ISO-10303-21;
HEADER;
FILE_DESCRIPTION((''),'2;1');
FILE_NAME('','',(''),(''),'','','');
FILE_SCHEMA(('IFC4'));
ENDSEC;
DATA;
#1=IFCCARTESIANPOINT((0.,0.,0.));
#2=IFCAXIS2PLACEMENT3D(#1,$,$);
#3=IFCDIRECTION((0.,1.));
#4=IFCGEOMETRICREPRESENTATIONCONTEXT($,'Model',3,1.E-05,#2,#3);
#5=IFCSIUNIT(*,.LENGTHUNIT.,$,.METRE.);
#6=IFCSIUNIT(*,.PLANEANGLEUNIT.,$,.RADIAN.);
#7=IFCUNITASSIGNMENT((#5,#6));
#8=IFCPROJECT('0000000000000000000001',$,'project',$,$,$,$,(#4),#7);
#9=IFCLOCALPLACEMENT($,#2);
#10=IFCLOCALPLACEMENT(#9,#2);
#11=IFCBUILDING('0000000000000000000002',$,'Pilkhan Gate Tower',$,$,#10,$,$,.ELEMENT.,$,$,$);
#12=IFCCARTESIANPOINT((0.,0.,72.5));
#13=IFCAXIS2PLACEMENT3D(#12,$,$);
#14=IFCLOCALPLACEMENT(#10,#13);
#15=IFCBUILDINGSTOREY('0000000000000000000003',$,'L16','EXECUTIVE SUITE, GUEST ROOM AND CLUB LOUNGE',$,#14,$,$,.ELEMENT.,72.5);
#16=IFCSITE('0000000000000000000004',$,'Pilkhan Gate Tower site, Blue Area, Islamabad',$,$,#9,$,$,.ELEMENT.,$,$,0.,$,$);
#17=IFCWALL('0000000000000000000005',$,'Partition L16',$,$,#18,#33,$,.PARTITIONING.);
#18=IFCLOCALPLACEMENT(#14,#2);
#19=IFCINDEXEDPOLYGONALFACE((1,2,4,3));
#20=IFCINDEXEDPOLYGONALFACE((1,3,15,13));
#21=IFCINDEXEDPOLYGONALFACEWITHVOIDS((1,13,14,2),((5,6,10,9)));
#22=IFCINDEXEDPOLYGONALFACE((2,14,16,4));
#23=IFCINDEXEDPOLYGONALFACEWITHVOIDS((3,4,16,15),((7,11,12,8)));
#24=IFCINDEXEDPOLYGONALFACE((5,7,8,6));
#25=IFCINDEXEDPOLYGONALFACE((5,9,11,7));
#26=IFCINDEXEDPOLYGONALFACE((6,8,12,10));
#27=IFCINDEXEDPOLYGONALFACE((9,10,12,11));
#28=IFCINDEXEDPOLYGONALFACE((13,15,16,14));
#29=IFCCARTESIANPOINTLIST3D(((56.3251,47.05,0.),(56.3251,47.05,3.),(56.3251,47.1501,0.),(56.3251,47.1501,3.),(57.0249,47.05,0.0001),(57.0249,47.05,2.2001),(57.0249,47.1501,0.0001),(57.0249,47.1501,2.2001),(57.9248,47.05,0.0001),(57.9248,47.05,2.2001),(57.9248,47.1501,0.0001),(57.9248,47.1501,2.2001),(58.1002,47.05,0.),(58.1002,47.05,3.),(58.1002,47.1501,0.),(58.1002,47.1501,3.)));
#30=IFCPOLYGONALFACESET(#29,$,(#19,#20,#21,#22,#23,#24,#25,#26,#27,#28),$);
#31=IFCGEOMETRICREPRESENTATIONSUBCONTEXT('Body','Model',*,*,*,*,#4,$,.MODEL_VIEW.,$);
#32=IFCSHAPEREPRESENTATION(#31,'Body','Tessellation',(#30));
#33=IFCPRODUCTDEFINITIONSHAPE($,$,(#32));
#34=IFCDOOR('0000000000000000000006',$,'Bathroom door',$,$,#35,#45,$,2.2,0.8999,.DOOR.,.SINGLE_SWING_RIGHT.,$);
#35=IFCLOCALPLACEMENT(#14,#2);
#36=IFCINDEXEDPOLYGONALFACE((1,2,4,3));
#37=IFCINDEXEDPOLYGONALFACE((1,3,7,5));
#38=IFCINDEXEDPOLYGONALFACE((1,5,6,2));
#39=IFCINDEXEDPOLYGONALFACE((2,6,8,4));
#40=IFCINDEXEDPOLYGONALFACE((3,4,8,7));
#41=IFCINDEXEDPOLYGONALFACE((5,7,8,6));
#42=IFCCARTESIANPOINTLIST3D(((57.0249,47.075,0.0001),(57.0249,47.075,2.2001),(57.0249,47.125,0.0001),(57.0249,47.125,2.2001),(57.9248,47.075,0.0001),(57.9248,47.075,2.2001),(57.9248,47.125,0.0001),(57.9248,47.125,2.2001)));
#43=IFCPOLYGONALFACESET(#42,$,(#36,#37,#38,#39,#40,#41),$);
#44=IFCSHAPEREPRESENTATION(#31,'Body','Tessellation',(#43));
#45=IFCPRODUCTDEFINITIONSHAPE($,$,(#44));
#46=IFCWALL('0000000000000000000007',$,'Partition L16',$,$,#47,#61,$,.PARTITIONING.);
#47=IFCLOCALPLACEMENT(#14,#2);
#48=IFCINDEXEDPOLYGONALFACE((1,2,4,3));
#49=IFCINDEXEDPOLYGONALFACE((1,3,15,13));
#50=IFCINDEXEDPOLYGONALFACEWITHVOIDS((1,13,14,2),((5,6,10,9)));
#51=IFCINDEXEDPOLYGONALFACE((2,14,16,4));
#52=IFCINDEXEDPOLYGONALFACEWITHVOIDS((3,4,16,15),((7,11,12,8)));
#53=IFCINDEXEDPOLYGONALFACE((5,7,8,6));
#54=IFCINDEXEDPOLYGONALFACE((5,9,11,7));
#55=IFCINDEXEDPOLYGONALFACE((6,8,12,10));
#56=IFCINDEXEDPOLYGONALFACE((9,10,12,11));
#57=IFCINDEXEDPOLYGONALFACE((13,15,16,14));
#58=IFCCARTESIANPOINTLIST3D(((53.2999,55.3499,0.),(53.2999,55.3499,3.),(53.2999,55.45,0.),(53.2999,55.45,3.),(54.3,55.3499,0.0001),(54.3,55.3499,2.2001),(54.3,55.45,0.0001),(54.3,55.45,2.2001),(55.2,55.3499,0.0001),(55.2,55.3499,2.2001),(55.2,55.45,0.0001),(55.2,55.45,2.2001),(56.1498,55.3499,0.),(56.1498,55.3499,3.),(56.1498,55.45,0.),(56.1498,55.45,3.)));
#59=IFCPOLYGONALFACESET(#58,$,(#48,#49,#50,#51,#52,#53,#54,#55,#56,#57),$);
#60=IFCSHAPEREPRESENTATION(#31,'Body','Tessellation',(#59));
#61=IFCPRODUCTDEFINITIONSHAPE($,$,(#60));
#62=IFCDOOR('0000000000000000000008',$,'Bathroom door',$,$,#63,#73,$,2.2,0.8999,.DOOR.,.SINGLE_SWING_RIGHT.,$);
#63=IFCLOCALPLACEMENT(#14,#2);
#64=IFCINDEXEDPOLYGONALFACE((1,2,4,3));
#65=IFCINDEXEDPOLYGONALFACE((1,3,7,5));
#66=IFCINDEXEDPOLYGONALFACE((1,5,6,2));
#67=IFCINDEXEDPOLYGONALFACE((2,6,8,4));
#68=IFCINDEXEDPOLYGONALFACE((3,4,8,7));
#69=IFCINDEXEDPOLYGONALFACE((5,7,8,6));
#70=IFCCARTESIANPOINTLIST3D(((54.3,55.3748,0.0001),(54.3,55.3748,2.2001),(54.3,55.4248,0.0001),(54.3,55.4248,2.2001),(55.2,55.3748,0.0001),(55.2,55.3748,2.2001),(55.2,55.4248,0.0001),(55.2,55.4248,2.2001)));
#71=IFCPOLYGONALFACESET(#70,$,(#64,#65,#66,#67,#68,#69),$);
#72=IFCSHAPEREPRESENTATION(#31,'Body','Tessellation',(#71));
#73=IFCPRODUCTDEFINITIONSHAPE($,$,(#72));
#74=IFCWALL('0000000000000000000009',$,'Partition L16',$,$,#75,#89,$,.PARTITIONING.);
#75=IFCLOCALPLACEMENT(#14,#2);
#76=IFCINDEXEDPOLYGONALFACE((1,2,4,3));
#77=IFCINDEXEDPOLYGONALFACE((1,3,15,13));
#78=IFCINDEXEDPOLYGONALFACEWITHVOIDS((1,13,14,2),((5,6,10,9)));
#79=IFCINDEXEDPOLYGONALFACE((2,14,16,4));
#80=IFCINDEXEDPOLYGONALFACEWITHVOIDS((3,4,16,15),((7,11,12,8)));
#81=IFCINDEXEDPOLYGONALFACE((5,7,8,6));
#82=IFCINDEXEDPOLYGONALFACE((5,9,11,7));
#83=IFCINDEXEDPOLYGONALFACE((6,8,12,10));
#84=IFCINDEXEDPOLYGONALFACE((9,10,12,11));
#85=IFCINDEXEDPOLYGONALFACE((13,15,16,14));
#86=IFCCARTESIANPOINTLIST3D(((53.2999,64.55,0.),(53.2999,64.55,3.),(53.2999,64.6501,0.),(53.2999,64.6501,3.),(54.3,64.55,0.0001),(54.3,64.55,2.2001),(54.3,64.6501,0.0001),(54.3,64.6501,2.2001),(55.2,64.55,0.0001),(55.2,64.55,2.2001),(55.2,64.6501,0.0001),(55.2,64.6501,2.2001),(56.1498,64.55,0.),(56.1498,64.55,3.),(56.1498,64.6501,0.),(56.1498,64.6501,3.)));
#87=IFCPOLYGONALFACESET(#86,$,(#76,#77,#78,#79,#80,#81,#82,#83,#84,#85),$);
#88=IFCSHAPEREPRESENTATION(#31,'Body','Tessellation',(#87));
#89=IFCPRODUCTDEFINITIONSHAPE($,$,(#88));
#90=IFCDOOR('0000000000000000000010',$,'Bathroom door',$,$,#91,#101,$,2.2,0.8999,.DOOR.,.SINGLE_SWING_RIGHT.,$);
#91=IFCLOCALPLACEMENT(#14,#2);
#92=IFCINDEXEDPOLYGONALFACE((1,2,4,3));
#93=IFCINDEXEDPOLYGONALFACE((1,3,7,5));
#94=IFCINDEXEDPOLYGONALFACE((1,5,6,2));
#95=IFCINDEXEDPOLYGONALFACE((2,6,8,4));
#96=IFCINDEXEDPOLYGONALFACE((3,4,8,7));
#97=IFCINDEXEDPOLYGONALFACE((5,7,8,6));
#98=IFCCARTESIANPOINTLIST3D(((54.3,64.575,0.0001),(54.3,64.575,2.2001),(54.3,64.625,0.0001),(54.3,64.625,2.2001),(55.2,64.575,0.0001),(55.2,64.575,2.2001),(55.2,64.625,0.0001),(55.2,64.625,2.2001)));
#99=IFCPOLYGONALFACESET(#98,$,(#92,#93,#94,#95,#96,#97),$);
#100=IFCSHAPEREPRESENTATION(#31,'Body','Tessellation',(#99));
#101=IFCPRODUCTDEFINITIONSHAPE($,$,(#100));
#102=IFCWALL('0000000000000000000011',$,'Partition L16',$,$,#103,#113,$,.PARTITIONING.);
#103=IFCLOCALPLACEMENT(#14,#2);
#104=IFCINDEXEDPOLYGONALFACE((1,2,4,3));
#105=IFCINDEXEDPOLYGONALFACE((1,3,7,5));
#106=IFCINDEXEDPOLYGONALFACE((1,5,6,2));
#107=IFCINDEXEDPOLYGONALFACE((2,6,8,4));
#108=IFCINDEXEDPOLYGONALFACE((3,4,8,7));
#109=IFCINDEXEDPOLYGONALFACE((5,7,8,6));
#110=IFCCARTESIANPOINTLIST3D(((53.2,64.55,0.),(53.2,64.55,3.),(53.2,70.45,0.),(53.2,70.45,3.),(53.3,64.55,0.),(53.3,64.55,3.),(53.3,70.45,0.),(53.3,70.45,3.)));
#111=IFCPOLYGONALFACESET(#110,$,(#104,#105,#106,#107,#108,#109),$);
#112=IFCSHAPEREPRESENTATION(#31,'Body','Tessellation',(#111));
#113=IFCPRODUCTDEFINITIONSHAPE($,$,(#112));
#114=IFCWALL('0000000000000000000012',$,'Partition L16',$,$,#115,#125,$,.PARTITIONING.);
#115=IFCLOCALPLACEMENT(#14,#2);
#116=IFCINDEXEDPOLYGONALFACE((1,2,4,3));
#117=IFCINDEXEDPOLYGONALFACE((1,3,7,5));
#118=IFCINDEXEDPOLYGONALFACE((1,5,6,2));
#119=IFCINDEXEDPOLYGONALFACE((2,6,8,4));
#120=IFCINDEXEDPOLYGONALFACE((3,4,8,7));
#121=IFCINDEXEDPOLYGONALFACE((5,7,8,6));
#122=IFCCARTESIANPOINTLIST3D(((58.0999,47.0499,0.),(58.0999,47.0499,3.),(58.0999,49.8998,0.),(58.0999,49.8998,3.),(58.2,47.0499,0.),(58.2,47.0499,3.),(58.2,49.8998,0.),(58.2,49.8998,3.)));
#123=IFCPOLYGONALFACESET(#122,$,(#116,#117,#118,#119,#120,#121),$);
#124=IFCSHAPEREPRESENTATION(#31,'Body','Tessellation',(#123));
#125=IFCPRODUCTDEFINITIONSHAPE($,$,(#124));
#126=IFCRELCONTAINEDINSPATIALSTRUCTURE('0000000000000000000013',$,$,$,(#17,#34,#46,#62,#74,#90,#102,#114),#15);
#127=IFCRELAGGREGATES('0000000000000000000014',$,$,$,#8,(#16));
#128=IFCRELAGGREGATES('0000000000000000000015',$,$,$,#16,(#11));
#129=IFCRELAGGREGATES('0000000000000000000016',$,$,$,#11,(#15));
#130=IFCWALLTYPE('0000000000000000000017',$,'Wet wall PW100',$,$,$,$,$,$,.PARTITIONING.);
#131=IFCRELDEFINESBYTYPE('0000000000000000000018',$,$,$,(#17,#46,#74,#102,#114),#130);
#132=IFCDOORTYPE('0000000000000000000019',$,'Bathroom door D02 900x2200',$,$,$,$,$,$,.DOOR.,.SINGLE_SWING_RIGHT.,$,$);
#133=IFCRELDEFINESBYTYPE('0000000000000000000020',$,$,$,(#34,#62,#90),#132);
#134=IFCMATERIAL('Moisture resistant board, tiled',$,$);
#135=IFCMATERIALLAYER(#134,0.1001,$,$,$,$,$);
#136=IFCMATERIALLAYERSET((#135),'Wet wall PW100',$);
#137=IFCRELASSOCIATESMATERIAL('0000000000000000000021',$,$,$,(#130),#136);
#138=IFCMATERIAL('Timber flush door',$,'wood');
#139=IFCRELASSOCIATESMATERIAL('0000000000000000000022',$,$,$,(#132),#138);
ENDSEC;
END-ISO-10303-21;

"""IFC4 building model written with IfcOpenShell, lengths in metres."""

from ifc_helpers import new_model, si_unit, direction, frame, frame_2d, origin, place, context, subcontext, project, spatial, rectangle, extrude, material, layer, layer_set, type_object, element, fill, save


model = new_model("IFC4")

# Units and contexts
model_context = context("Model", 3, precision=1e-05, world=origin(), true_north=direction((0.0, 1.0)))
body_context = subcontext(model_context, "Body", "Model", "MODEL_VIEW")
ifc_project = project(units=[si_unit("LENGTHUNIT", "METRE"), si_unit("PLANEANGLEUNIT", "RADIAN")], contexts=[model_context])

# Site, building, storey
site_placement = place(None, origin())
site = spatial("IfcSite", under=ifc_project, at=site_placement, Name="Pilkhan Gate Tower site, Blue Area, Islamabad", CompositionType="ELEMENT", RefElevation=0.0)
building_placement = place(site_placement, origin())
building = spatial("IfcBuilding", under=site, at=building_placement, Name="Pilkhan Gate Tower", CompositionType="ELEMENT")
storey_placement = place(building_placement, frame((0.0, 0.0, 72.5)))
storey = spatial("IfcBuildingStorey", under=building, at=storey_placement, Name="L16", Description="EXECUTIVE SUITE, GUEST ROOM AND CLUB LOUNGE", CompositionType="ELEMENT", Elevation=72.5)

# Walls, openings, doors
ifc_material_1 = material(Name="Moisture resistant board, tiled")
ifc_layer_1 = layer(ifc_material_1, 0.1001)
ifc_layer_set_1 = layer_set([ifc_layer_1], Name="Wet wall PW100")
wall_type_1 = type_object("IfcWallType", Name="Wet wall PW100", PredefinedType="PARTITIONING", material=ifc_layer_set_1)
wall_1_placement = place(storey_placement, frame((56.325, 47.1001, 0.0), z_axis=(0.0, 0.0, 1.0), x_axis=(1.0, 0.0, 0.0)))
wall_1 = element("IfcWall", 1, at=wall_1_placement, inside=storey, type_object=wall_type_1, Name="Partition L16", PredefinedType="PARTITIONING", context=body_context, shape_type="SweptSolid", body=[
    extrude(rectangle(XDim=1.7751, YDim=0.1001, at=frame_2d((0.8877, 0.0))), origin(), (0.0, 0.0, 1.0), 3.0),
])
opening_1_placement = place(wall_1_placement, frame((0.7, 0.0, 0.0)))
opening_1 = element("IfcOpeningElement", 2, at=opening_1_placement, cuts=wall_1, PredefinedType="OPENING", context=body_context, shape_type="SweptSolid", body=[
    extrude(rectangle(XDim=0.8999, YDim=2.2, at=frame_2d((0.45, 1.1001))), frame((0.0, 0.0601, 0.0), z_axis=(0.0, -1.0, 0.0), x_axis=(1.0, 0.0, 0.0)), (0.0, 0.0, 1.0), 0.1201),
])
ifc_material_2 = material(Name="Timber flush door", Category="wood")
door_type_1 = type_object("IfcDoorType", Name="Bathroom door D02 900x2200", OperationType="SINGLE_SWING_RIGHT", PredefinedType="DOOR", material=ifc_material_2)
door_1_placement = place(opening_1_placement, origin())
door_1 = element("IfcDoor", 3, at=door_1_placement, inside=storey, type_object=door_type_1, Name="Bathroom door", OperationType="SINGLE_SWING_RIGHT", OverallHeight=2.2, OverallWidth=0.8999, PredefinedType="DOOR", context=body_context, shape_type="SweptSolid", body=[
    extrude(rectangle(XDim=0.8999, YDim=2.2, at=frame_2d((0.45, 1.1001))), frame((0.0, 0.0249, 0.0), z_axis=(0.0, -1.0, 0.0), x_axis=(1.0, 0.0, 0.0)), (0.0, 0.0, 1.0), 0.05),
])
fill(opening_1, door_1)
wall_2_placement = place(storey_placement, frame((53.3, 55.3999, 0.0), z_axis=(0.0, 0.0, 1.0), x_axis=(1.0, 0.0, 0.0)))
wall_2 = element("IfcWall", 4, at=wall_2_placement, inside=storey, type_object=wall_type_1, Name="Partition L16", PredefinedType="PARTITIONING", context=body_context, shape_type="SweptSolid", body=[
    extrude(rectangle(XDim=2.8499, YDim=0.1001, at=frame_2d((1.4248, 0.0))), origin(), (0.0, 0.0, 1.0), 3.0),
])
opening_2_placement = place(wall_2_placement, frame((1.0, 0.0, 0.0)))
opening_2 = element("IfcOpeningElement", 5, at=opening_2_placement, cuts=wall_2, PredefinedType="OPENING", context=body_context, shape_type="SweptSolid", body=[
    extrude(rectangle(XDim=0.8999, YDim=2.2, at=frame_2d((0.45, 1.1001))), frame((0.0, 0.0601, 0.0), z_axis=(0.0, -1.0, 0.0), x_axis=(1.0, 0.0, 0.0)), (0.0, 0.0, 1.0), 0.1201),
])
door_2_placement = place(opening_2_placement, origin())
door_2 = element("IfcDoor", 6, at=door_2_placement, inside=storey, type_object=door_type_1, Name="Bathroom door", OperationType="SINGLE_SWING_RIGHT", OverallHeight=2.2, OverallWidth=0.8999, PredefinedType="DOOR", context=body_context, shape_type="SweptSolid", body=[
    extrude(rectangle(XDim=0.8999, YDim=2.2, at=frame_2d((0.45, 1.1001))), frame((0.0, 0.0249, 0.0), z_axis=(0.0, -1.0, 0.0), x_axis=(1.0, 0.0, 0.0)), (0.0, 0.0, 1.0), 0.05),
])
fill(opening_2, door_2)
wall_3_placement = place(storey_placement, frame((53.3, 64.6001, 0.0), z_axis=(0.0, 0.0, 1.0), x_axis=(1.0, 0.0, 0.0)))
wall_3 = element("IfcWall", 7, at=wall_3_placement, inside=storey, type_object=wall_type_1, Name="Partition L16", PredefinedType="PARTITIONING", context=body_context, shape_type="SweptSolid", body=[
    extrude(rectangle(XDim=2.8499, YDim=0.1001, at=frame_2d((1.4248, 0.0))), origin(), (0.0, 0.0, 1.0), 3.0),
])
opening_3_placement = place(wall_3_placement, frame((1.0, 0.0, 0.0)))
opening_3 = element("IfcOpeningElement", 8, at=opening_3_placement, cuts=wall_3, PredefinedType="OPENING", context=body_context, shape_type="SweptSolid", body=[
    extrude(rectangle(XDim=0.8999, YDim=2.2, at=frame_2d((0.45, 1.1001))), frame((0.0, 0.0601, 0.0), z_axis=(0.0, -1.0, 0.0), x_axis=(1.0, 0.0, 0.0)), (0.0, 0.0, 1.0), 0.1201),
])
door_3_placement = place(opening_3_placement, origin())
door_3 = element("IfcDoor", 9, at=door_3_placement, inside=storey, type_object=door_type_1, Name="Bathroom door", OperationType="SINGLE_SWING_RIGHT", OverallHeight=2.2, OverallWidth=0.8999, PredefinedType="DOOR", context=body_context, shape_type="SweptSolid", body=[
    extrude(rectangle(XDim=0.8999, YDim=2.2, at=frame_2d((0.45, 1.1001))), frame((0.0, 0.0249, 0.0), z_axis=(0.0, -1.0, 0.0), x_axis=(1.0, 0.0, 0.0)), (0.0, 0.0, 1.0), 0.05),
])
fill(opening_3, door_3)

# Walls
wall_4_placement = place(storey_placement, frame((53.25, 64.55, 0.0), z_axis=(0.0, 0.0, 1.0), x_axis=(0.0, 1.0, 0.0)))
element("IfcWall", 10, at=wall_4_placement, inside=storey, type_object=wall_type_1, Name="Partition L16", PredefinedType="PARTITIONING", context=body_context, shape_type="SweptSolid", body=[
    extrude(rectangle(XDim=5.8999, YDim=0.1001, at=frame_2d((2.95, 0.0))), origin(), (0.0, 0.0, 1.0), 3.0),
])
wall_5_placement = place(storey_placement, frame((58.1499, 47.05, 0.0), z_axis=(0.0, 0.0, 1.0), x_axis=(0.0, 1.0, 0.0)))
element("IfcWall", 11, at=wall_5_placement, inside=storey, type_object=wall_type_1, Name="Partition L16", PredefinedType="PARTITIONING", context=body_context, shape_type="SweptSolid", body=[
    extrude(rectangle(XDim=2.8499, YDim=0.1001, at=frame_2d((1.4248, 0.0))), origin(), (0.0, 0.0, 1.0), 3.0),
])

save(model, "model.ifc")
